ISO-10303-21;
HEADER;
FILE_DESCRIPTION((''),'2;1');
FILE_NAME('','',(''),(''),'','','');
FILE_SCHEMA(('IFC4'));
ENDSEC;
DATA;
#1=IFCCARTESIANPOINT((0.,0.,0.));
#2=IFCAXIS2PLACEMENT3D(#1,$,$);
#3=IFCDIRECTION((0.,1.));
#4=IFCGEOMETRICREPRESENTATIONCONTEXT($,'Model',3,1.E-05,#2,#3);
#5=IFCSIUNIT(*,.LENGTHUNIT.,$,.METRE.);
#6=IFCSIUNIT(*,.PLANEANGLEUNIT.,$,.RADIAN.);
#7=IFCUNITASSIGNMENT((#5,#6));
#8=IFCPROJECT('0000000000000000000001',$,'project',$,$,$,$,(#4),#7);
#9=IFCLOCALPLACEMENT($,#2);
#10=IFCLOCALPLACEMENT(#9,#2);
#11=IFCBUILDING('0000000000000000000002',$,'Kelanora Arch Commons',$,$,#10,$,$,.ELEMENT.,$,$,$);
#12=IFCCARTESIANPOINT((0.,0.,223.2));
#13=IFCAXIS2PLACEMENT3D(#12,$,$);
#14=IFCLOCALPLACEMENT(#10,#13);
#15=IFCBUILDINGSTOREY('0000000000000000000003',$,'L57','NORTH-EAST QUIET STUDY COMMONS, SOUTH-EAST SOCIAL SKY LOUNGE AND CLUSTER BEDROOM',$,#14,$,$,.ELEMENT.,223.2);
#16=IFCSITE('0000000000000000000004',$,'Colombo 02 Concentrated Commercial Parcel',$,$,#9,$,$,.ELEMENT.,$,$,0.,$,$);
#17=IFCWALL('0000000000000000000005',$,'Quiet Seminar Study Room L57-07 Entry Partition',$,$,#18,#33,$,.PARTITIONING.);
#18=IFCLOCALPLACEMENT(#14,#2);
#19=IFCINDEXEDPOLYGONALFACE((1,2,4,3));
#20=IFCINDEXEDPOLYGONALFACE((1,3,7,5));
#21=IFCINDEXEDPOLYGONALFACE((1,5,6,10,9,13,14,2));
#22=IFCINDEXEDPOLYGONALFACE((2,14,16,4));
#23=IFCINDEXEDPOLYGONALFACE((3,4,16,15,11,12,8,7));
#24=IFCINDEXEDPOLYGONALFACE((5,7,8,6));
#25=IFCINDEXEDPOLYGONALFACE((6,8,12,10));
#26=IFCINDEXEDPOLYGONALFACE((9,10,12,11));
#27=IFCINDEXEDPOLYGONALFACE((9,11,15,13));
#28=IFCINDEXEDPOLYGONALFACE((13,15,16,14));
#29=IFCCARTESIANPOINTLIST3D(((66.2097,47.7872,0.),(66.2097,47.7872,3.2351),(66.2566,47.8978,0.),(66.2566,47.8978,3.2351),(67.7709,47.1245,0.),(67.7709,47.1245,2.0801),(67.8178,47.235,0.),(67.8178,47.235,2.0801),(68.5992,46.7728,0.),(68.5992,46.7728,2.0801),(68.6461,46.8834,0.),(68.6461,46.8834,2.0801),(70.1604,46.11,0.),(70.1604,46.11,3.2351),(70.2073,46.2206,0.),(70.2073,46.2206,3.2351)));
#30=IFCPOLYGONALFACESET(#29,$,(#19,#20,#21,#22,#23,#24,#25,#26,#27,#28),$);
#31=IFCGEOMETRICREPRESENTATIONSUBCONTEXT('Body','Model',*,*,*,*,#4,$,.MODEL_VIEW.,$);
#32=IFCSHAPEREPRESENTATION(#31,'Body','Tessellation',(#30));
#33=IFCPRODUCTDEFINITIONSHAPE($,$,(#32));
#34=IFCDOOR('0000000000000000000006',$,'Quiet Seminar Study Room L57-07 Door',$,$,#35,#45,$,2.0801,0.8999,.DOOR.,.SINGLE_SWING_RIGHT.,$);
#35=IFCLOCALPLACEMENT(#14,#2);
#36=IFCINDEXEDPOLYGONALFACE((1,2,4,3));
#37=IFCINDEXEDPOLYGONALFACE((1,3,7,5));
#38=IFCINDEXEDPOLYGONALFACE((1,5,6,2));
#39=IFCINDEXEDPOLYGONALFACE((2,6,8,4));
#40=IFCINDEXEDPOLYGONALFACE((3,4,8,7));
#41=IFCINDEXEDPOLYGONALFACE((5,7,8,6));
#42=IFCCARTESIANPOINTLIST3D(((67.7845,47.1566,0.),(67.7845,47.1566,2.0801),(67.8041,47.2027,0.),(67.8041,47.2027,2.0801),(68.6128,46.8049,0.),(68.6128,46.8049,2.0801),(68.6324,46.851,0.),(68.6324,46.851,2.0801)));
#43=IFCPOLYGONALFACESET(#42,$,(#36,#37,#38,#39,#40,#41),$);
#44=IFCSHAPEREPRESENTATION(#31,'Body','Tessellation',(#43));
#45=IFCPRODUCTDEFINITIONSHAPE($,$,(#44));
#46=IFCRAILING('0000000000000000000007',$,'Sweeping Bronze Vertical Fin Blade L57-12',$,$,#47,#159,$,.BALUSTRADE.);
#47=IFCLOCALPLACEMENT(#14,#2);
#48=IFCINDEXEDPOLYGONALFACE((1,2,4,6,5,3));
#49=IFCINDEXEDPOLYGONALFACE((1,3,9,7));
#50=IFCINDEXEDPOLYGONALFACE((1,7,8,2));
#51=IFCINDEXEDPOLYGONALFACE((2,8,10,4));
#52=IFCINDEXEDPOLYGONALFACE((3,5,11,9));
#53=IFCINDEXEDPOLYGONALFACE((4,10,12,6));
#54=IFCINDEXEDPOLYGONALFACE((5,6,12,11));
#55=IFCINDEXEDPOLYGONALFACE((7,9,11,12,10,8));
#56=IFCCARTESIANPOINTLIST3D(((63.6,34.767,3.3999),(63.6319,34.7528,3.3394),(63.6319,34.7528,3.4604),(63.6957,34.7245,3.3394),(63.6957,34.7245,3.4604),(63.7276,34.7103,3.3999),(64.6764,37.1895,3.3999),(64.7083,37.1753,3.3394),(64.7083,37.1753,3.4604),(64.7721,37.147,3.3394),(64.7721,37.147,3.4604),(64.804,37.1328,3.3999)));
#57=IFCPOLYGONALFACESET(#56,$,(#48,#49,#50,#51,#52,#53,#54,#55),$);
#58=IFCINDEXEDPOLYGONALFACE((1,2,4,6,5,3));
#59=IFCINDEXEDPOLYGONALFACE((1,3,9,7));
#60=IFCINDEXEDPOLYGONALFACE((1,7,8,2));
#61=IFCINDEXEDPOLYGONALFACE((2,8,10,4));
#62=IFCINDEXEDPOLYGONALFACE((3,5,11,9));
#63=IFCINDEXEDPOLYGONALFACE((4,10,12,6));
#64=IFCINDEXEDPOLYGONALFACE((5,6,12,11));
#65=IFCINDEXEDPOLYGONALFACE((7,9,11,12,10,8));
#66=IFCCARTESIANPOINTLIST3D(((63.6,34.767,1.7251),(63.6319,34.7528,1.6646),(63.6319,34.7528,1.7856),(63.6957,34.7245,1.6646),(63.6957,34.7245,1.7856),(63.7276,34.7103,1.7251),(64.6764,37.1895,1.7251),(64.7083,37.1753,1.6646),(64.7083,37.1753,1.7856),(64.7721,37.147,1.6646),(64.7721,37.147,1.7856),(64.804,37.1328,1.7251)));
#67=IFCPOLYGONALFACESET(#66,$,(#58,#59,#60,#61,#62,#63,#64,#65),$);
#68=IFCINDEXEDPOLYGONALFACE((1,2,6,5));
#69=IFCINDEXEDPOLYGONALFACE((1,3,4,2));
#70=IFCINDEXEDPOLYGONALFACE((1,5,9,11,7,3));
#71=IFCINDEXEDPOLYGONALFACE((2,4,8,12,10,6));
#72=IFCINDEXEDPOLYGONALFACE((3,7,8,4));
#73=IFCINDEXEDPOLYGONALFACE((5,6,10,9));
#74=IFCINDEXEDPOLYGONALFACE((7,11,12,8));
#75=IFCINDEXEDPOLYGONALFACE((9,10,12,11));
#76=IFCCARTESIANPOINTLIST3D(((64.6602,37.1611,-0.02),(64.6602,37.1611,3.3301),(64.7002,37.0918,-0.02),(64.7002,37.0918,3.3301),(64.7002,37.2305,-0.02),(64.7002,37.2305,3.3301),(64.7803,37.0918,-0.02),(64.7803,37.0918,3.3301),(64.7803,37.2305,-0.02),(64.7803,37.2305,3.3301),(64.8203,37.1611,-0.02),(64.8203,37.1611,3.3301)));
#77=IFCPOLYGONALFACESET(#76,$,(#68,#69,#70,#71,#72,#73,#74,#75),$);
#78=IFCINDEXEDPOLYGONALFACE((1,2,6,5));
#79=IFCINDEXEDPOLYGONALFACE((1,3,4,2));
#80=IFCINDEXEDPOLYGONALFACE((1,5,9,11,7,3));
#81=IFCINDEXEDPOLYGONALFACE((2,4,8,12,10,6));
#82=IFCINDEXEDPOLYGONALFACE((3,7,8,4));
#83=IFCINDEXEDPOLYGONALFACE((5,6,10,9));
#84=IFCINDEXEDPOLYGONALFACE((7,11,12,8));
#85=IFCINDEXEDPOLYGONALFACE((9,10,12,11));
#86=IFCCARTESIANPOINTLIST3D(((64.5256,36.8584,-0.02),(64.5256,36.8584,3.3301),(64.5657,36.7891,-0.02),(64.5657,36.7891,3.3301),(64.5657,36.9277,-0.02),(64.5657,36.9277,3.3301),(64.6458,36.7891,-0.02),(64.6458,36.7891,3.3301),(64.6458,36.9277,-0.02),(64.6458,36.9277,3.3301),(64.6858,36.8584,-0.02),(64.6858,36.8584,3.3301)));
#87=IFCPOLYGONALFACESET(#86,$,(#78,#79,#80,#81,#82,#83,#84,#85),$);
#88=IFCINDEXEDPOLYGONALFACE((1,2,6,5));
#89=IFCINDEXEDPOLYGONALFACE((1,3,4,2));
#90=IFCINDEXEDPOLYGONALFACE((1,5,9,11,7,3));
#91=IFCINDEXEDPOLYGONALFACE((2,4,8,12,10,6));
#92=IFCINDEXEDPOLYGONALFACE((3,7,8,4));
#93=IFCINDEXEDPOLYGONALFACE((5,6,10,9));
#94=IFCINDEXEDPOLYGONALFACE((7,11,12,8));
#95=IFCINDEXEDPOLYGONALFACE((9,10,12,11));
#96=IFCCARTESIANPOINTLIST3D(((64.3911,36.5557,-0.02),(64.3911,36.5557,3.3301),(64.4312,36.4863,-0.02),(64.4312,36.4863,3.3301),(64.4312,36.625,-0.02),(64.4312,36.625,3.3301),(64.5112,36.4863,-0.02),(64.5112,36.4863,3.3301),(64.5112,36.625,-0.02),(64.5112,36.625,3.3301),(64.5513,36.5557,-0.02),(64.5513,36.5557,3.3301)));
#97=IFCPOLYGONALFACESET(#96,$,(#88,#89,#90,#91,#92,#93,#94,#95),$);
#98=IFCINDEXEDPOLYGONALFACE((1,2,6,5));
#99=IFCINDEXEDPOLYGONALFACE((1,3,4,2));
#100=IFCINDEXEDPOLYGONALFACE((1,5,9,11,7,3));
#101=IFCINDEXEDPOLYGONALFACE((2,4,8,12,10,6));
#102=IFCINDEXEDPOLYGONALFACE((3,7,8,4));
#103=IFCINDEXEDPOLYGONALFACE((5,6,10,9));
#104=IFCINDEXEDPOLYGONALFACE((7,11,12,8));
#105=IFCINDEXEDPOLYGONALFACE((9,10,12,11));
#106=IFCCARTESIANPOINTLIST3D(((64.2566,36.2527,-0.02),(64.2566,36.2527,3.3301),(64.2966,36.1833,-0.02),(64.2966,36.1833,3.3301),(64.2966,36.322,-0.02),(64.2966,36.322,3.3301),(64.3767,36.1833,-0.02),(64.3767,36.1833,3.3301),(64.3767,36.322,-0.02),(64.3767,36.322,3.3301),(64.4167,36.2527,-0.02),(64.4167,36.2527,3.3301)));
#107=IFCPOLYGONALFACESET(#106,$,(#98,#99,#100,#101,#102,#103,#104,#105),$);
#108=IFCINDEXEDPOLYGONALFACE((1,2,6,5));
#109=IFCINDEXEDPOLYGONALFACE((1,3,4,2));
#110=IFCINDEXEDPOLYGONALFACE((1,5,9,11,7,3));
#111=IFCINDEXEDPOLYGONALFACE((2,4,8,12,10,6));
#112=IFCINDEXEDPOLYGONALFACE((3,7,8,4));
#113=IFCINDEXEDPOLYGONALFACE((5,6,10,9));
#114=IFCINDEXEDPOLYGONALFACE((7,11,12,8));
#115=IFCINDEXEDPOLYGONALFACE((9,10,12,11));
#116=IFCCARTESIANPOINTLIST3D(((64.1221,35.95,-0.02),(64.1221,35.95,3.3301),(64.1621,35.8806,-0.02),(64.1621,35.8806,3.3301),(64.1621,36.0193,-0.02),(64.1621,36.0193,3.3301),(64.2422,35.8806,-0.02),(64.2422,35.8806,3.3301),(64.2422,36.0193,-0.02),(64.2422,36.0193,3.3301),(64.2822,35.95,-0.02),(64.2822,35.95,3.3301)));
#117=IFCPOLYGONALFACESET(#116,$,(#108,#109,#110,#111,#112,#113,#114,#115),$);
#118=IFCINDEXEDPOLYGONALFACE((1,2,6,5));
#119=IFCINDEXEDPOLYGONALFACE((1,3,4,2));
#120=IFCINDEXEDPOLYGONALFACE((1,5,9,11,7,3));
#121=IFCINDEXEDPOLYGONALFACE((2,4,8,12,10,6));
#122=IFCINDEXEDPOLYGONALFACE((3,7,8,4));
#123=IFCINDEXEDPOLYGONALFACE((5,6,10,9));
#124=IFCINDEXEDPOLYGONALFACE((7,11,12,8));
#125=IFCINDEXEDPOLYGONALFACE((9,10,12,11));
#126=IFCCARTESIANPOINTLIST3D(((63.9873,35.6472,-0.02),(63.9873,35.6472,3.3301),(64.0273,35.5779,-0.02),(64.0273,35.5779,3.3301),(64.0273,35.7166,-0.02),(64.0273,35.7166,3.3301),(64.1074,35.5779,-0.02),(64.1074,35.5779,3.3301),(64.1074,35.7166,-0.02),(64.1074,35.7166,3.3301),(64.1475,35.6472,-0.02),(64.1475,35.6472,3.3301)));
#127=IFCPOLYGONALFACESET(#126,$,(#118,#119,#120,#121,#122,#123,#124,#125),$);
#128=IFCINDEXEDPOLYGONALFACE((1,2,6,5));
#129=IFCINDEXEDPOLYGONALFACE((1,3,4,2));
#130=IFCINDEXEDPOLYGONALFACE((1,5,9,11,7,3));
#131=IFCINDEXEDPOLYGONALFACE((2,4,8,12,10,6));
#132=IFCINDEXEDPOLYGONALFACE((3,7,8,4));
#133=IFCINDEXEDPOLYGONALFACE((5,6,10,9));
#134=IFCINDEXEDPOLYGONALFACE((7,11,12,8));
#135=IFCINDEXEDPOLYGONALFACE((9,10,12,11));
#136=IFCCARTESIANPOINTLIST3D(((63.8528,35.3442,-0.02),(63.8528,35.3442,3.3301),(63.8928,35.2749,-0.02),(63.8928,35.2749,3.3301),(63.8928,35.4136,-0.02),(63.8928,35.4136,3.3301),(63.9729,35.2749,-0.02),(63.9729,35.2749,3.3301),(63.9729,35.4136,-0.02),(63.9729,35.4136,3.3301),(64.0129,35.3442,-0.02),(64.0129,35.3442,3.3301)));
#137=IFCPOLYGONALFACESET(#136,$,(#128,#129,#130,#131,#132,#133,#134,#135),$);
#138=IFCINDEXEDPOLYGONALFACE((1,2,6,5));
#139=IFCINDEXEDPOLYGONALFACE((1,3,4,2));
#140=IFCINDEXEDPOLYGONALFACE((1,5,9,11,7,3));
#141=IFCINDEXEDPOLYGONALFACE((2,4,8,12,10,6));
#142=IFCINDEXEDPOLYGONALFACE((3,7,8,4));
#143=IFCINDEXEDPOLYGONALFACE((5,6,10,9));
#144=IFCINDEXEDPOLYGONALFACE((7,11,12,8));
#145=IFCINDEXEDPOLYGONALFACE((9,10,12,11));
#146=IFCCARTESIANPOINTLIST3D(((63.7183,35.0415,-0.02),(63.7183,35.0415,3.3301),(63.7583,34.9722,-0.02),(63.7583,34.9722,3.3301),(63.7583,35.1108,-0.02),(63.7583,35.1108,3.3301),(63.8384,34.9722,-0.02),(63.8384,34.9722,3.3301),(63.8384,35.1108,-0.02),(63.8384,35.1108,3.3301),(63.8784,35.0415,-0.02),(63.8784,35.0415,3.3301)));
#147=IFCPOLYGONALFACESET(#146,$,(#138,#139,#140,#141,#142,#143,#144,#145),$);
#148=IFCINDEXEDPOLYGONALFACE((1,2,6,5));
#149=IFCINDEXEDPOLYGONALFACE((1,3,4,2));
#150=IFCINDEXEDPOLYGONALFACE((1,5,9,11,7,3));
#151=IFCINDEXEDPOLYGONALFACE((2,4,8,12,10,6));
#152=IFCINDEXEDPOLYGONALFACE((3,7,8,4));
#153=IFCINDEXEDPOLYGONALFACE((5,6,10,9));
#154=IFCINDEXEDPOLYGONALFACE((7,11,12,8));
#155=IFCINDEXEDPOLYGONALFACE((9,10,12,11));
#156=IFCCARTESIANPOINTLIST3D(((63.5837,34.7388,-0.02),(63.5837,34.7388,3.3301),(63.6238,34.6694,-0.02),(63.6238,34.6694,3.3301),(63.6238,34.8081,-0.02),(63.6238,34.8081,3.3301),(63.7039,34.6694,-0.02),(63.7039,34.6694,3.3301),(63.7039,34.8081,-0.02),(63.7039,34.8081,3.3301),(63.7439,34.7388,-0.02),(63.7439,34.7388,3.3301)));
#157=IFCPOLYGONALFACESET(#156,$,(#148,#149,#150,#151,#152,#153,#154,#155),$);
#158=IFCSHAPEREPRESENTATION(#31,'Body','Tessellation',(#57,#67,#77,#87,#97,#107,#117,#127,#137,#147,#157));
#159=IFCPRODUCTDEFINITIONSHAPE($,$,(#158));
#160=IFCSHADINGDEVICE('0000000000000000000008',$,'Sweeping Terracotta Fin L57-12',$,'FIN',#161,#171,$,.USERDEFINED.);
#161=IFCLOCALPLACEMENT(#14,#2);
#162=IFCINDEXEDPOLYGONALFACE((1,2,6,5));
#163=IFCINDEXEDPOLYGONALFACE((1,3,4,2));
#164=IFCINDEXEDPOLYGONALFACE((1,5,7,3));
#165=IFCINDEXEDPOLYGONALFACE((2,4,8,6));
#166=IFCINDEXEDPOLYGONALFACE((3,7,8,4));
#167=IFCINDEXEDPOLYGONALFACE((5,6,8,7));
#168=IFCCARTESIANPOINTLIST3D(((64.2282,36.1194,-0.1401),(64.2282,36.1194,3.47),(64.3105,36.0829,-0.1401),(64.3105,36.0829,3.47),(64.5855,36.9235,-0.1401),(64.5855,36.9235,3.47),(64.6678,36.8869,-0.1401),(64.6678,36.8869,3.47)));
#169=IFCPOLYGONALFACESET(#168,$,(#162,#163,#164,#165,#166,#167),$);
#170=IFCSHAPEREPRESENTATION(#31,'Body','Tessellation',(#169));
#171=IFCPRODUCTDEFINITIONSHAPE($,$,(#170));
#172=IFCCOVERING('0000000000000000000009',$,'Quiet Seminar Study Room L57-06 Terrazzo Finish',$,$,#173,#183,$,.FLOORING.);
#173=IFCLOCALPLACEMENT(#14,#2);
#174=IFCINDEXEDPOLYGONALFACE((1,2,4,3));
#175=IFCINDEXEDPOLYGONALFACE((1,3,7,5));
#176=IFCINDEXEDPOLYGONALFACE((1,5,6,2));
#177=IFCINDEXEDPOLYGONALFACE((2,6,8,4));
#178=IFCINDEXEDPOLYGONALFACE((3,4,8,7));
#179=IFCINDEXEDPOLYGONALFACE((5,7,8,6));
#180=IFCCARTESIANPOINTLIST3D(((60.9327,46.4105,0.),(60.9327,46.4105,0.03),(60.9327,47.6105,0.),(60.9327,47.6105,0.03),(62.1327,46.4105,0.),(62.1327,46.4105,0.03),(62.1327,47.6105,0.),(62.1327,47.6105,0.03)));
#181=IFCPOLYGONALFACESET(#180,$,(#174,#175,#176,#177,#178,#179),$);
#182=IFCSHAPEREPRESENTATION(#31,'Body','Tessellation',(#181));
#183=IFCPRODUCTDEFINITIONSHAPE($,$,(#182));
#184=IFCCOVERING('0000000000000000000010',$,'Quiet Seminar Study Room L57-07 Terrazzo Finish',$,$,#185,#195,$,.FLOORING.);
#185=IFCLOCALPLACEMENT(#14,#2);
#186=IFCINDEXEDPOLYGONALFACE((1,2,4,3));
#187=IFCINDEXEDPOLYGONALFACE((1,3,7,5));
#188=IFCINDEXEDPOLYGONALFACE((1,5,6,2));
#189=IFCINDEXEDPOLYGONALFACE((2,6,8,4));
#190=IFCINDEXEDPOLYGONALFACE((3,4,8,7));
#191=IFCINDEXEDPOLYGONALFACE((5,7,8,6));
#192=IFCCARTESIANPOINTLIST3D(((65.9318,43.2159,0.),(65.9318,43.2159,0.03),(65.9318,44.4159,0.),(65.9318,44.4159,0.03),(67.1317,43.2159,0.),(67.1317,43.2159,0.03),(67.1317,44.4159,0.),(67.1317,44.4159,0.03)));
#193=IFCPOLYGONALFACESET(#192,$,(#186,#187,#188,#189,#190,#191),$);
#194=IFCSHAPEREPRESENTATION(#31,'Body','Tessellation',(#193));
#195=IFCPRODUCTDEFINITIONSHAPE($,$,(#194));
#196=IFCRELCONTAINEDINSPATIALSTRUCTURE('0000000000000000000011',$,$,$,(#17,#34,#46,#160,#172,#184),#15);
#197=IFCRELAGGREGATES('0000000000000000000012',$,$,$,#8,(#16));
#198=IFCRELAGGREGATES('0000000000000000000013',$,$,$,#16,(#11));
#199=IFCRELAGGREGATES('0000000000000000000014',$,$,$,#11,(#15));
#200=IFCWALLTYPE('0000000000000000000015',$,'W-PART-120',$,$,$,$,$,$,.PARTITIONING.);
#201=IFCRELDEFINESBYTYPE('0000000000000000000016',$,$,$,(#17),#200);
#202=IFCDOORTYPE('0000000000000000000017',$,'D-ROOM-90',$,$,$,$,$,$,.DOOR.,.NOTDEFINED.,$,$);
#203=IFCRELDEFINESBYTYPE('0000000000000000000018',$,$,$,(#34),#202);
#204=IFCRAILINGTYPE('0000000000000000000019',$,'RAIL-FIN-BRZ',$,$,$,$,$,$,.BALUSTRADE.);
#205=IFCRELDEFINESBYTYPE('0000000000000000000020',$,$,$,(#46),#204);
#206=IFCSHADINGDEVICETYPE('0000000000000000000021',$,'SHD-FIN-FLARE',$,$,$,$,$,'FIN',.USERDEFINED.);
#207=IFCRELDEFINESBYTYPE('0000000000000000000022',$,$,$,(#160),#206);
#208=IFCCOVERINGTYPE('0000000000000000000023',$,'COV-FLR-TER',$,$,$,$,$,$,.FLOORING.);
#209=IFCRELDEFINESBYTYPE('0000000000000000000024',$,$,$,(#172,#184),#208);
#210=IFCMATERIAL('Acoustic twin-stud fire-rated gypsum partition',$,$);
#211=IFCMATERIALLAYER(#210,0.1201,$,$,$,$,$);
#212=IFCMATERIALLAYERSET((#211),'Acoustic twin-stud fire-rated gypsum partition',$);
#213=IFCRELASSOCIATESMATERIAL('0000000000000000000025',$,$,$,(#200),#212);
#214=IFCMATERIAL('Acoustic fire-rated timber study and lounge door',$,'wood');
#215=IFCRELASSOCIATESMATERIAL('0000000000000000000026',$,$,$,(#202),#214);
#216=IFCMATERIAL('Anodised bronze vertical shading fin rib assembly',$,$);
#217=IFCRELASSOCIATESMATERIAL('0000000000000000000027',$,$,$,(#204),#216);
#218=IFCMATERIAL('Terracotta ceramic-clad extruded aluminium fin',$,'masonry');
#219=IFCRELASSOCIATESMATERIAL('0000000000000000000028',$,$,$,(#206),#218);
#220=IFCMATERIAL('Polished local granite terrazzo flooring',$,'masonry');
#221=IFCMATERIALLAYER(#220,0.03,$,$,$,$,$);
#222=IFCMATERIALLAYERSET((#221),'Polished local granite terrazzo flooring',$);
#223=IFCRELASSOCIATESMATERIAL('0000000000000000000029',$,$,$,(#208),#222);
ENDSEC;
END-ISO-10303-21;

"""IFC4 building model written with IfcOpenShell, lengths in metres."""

from ifc_helpers import new_model, si_unit, direction, frame, frame_2d, origin, origin_2d, place, context, subcontext, project, spatial, polyline, rectangle, outline, extrude, source, transform, mapped, material, layer, layer_set, type_object, element, fill, save


model = new_model("IFC4")

# Units and contexts
model_context = context("Model", 3, precision=1e-05, world=origin(), true_north=direction((0.0, 1.0)))
body_context = subcontext(model_context, "Body", "Model", "MODEL_VIEW")
ifc_project = project(units=[si_unit("LENGTHUNIT", "METRE"), si_unit("PLANEANGLEUNIT", "RADIAN")], contexts=[model_context])

# Site, building, storey
site_placement = place(None, origin())
site = spatial("IfcSite", under=ifc_project, at=site_placement, Name="Colombo 02 Concentrated Commercial Parcel", CompositionType="ELEMENT", RefElevation=0.0)
building_placement = place(site_placement, origin())
building = spatial("IfcBuilding", under=site, at=building_placement, Name="Kelanora Arch Commons", CompositionType="ELEMENT")
storey_placement = place(building_placement, frame((0.0, 0.0, 223.2)))
storey = spatial("IfcBuildingStorey", under=building, at=storey_placement, Name="L57", Description="NORTH-EAST QUIET STUDY COMMONS, SOUTH-EAST SOCIAL SKY LOUNGE AND CLUSTER BEDROOM", CompositionType="ELEMENT", Elevation=223.2)

# Wall, opening, door
ifc_material_1 = material(Name="Acoustic twin-stud fire-rated gypsum partition")
ifc_layer_1 = layer(ifc_material_1, 0.1201)
ifc_layer_set_1 = layer_set([ifc_layer_1], Name="Acoustic twin-stud fire-rated gypsum partition")
wall_type_1 = type_object("IfcWallType", Name="W-PART-120", PredefinedType="PARTITIONING", material=ifc_layer_set_1)
ifc_material_2 = material(Name="Acoustic fire-rated timber study and lounge door", Category="wood")
door_type = type_object("IfcDoorType", Name="D-ROOM-90", OperationType="NOTDEFINED", PredefinedType="DOOR", material=ifc_material_2)
wall_1_placement = place(storey_placement, frame((66.2332, 47.8425, 0.0), z_axis=(0.0, 0.0, 1.0), x_axis=(0.920481, -0.390786, 0.0)))
wall_1 = element("IfcWall", 1, at=wall_1_placement, inside=storey, type_object=wall_type_1, Name="Quiet Seminar Study Room L57-07 Entry Partition", PredefinedType="PARTITIONING", context=body_context, shape_type="SweptSolid", body=[
    extrude(rectangle(XDim=4.292, YDim=0.1201, at=frame_2d((2.146, 0.0))), origin(), (0.0, 0.0, 1.0), 3.2351),
])
opening_1_placement = place(wall_1_placement, frame((1.696, 0.0, 0.0)))
opening_1 = element("IfcOpeningElement", 2, at=opening_1_placement, cuts=wall_1, PredefinedType="OPENING", context=body_context, shape_type="SweptSolid", body=[
    extrude(rectangle(XDim=0.8999, YDim=2.0801, at=frame_2d((0.45, 1.04))), frame((0.0, 0.0701, 0.0), z_axis=(0.0, -1.0, 0.0), x_axis=(1.0, 0.0, 0.0)), (0.0, 0.0, 1.0), 0.1401),
])
door_1_placement = place(opening_1_placement, origin())
door_1 = element("IfcDoor", 3, at=door_1_placement, inside=storey, type_object=door_type, Name="Quiet Seminar Study Room L57-07 Door", OperationType="SINGLE_SWING_RIGHT", OverallHeight=2.0801, OverallWidth=0.8999, PredefinedType="DOOR", context=body_context, shape_type="SweptSolid", body=[
    extrude(rectangle(XDim=0.8999, YDim=2.0801, at=frame_2d((0.45, 1.04))), frame((0.0, 0.0249, 0.0), z_axis=(0.0, -1.0, 0.0), x_axis=(1.0, 0.0, 0.0)), (0.0, 0.0, 1.0), 0.05),
])
fill(opening_1, door_1)

# Railing
ifc_material_3 = material(Name="Anodised bronze vertical shading fin rib assembly")
railing_type = type_object("IfcRailingType", Name="RAIL-FIN-BRZ", PredefinedType="BALUSTRADE", material=ifc_material_3)
railing_placement = place(storey_placement, frame((64.7402, 37.1611, -0.02)))
element("IfcRailing", 4, at=railing_placement, inside=storey, type_object=railing_type, Name="Sweeping Bronze Vertical Fin Blade L57-12", PredefinedType="BALUSTRADE", context=body_context, shape_type="SweptSolid", body=[
    extrude(outline(polyline([(0.0698, 0.0), (0.0349, 0.0605), (-0.0349, 0.0605), (-0.0698, 0.0), (-0.0349, -0.0605), (0.0349, -0.0605), (0.0698, 0.0)])), frame((0.0, 0.0, 3.4199), z_axis=(-0.406079, -0.913838, 0.0), x_axis=(0.913838, -0.406079, 0.0)), (0.0, 0.0, 1.0), 2.6509),
    extrude(outline(polyline([(0.0698, 0.0), (0.0349, 0.0605), (-0.0349, 0.0605), (-0.0698, 0.0), (-0.0349, -0.0605), (0.0349, -0.0605), (0.0698, 0.0)])), frame((0.0, 0.0, 1.7451), z_axis=(-0.406079, -0.913838, 0.0), x_axis=(0.913838, -0.406079, 0.0)), (0.0, 0.0, 1.0), 2.6509),
    extrude(outline(polyline([(0.0801, 0.0), (0.04, 0.0693), (-0.04, 0.0693), (-0.0801, 0.0), (-0.04, -0.0693), (0.04, -0.0693), (0.0801, 0.0)])), origin(), (0.0, 0.0, 1.0), 3.3501),
    extrude(outline(polyline([(0.0801, 0.0), (0.04, 0.0693), (-0.04, 0.0693), (-0.0801, 0.0), (-0.04, -0.0693), (0.04, -0.0693), (0.0801, 0.0)])), frame((-0.1345, -0.3027, 0.0)), (0.0, 0.0, 1.0), 3.3501),
    extrude(outline(polyline([(0.0801, 0.0), (0.04, 0.0693), (-0.04, 0.0693), (-0.0801, 0.0), (-0.04, -0.0693), (0.04, -0.0693), (0.0801, 0.0)])), frame((-0.269, -0.6055, 0.0)), (0.0, 0.0, 1.0), 3.3501),
    extrude(outline(polyline([(0.0801, 0.0), (0.04, 0.0693), (-0.04, 0.0693), (-0.0801, 0.0), (-0.04, -0.0693), (0.04, -0.0693), (0.0801, 0.0)])), frame((-0.4036, -0.9084, 0.0)), (0.0, 0.0, 1.0), 3.3501),
    extrude(outline(polyline([(0.0801, 0.0), (0.04, 0.0693), (-0.04, 0.0693), (-0.0801, 0.0), (-0.04, -0.0693), (0.04, -0.0693), (0.0801, 0.0)])), frame((-0.5381, -1.2112, 0.0)), (0.0, 0.0, 1.0), 3.3501),
    extrude(outline(polyline([(0.0801, 0.0), (0.04, 0.0693), (-0.04, 0.0693), (-0.0801, 0.0), (-0.04, -0.0693), (0.04, -0.0693), (0.0801, 0.0)])), frame((-0.6729, -1.5139, 0.0)), (0.0, 0.0, 1.0), 3.3501),
    extrude(outline(polyline([(0.0801, 0.0), (0.04, 0.0693), (-0.04, 0.0693), (-0.0801, 0.0), (-0.04, -0.0693), (0.04, -0.0693), (0.0801, 0.0)])), frame((-0.8074, -1.8169, 0.0)), (0.0, 0.0, 1.0), 3.3501),
    extrude(outline(polyline([(0.0801, 0.0), (0.04, 0.0693), (-0.04, 0.0693), (-0.0801, 0.0), (-0.04, -0.0693), (0.04, -0.0693), (0.0801, 0.0)])), frame((-0.9419, -2.1196, 0.0)), (0.0, 0.0, 1.0), 3.3501),
    extrude(outline(polyline([(0.0801, 0.0), (0.04, 0.0693), (-0.04, 0.0693), (-0.0801, 0.0), (-0.04, -0.0693), (0.04, -0.0693), (0.0801, 0.0)])), frame((-1.0764, -2.4224, 0.0)), (0.0, 0.0, 1.0), 3.3501),
])

# Shading device
ifc_material_4 = material(Name="Terracotta ceramic-clad extruded aluminium fin", Category="masonry")
shading_device_type = type_object("IfcShadingDeviceType", Name="SHD-FIN-FLARE", ElementType="FIN", PredefinedType="USERDEFINED", material=ifc_material_4)
shared_shape_1 = source(origin(), body_context, "Body", "SweptSolid", [
    extrude(rectangle(XDim=0.8799, YDim=0.0901, at=origin_2d()), origin(), (0.0, 0.0, 1.0), 3.6101),
])
shading_device_placement = place(storey_placement, frame((64.448, 36.5032, -0.1401), z_axis=(0.0, 0.0, 1.0), x_axis=(-0.406099, -0.913829, 0.0)))
element("IfcShadingDevice", 5, at=shading_device_placement, inside=storey, type_object=shading_device_type, Name="Sweeping Terracotta Fin L57-12", ObjectType="FIN", PredefinedType="USERDEFINED", context=body_context, shape_type="MappedRepresentation", body=[
    mapped(shared_shape_1, transform((0.0, 0.0, 0.0), scale=1.0)),
])

# Coverings
ifc_material_5 = material(Name="Polished local granite terrazzo flooring", Category="masonry")
ifc_layer_2 = layer(ifc_material_5, 0.03)
ifc_layer_set_2 = layer_set([ifc_layer_2], Name="Polished local granite terrazzo flooring")
covering_type = type_object("IfcCoveringType", Name="COV-FLR-TER", PredefinedType="FLOORING", material=ifc_layer_set_2)
shared_shape_2 = source(origin(), body_context, "Body", "SweptSolid", [
    extrude(rectangle(XDim=1.2, YDim=1.2, at=origin_2d()), origin(), (0.0, 0.0, 1.0), 0.03),
])
for number, where, z_axis, x_axis, name in (
    (6, (61.5327, 47.0105, 0.0), (0.0, 0.0, 1.0), (1.0, 0.0, 0.0), "Quiet Seminar Study Room L57-06 Terrazzo Finish"),
    (7, (66.5317, 43.8159, 0.0), (0.0, 0.0, 1.0), (1.0, 0.0, 0.0), "Quiet Seminar Study Room L57-07 Terrazzo Finish"),
):
    element("IfcCovering", number, at=place(storey_placement, frame(where, z_axis=z_axis, x_axis=x_axis)), inside=storey, type_object=covering_type, Name=name, PredefinedType="FLOORING", context=body_context, shape_type="MappedRepresentation", body=[
        mapped(shared_shape_2, transform((0.0, 0.0, 0.0), scale=1.0)),
    ])

save(model, "model.ifc")
